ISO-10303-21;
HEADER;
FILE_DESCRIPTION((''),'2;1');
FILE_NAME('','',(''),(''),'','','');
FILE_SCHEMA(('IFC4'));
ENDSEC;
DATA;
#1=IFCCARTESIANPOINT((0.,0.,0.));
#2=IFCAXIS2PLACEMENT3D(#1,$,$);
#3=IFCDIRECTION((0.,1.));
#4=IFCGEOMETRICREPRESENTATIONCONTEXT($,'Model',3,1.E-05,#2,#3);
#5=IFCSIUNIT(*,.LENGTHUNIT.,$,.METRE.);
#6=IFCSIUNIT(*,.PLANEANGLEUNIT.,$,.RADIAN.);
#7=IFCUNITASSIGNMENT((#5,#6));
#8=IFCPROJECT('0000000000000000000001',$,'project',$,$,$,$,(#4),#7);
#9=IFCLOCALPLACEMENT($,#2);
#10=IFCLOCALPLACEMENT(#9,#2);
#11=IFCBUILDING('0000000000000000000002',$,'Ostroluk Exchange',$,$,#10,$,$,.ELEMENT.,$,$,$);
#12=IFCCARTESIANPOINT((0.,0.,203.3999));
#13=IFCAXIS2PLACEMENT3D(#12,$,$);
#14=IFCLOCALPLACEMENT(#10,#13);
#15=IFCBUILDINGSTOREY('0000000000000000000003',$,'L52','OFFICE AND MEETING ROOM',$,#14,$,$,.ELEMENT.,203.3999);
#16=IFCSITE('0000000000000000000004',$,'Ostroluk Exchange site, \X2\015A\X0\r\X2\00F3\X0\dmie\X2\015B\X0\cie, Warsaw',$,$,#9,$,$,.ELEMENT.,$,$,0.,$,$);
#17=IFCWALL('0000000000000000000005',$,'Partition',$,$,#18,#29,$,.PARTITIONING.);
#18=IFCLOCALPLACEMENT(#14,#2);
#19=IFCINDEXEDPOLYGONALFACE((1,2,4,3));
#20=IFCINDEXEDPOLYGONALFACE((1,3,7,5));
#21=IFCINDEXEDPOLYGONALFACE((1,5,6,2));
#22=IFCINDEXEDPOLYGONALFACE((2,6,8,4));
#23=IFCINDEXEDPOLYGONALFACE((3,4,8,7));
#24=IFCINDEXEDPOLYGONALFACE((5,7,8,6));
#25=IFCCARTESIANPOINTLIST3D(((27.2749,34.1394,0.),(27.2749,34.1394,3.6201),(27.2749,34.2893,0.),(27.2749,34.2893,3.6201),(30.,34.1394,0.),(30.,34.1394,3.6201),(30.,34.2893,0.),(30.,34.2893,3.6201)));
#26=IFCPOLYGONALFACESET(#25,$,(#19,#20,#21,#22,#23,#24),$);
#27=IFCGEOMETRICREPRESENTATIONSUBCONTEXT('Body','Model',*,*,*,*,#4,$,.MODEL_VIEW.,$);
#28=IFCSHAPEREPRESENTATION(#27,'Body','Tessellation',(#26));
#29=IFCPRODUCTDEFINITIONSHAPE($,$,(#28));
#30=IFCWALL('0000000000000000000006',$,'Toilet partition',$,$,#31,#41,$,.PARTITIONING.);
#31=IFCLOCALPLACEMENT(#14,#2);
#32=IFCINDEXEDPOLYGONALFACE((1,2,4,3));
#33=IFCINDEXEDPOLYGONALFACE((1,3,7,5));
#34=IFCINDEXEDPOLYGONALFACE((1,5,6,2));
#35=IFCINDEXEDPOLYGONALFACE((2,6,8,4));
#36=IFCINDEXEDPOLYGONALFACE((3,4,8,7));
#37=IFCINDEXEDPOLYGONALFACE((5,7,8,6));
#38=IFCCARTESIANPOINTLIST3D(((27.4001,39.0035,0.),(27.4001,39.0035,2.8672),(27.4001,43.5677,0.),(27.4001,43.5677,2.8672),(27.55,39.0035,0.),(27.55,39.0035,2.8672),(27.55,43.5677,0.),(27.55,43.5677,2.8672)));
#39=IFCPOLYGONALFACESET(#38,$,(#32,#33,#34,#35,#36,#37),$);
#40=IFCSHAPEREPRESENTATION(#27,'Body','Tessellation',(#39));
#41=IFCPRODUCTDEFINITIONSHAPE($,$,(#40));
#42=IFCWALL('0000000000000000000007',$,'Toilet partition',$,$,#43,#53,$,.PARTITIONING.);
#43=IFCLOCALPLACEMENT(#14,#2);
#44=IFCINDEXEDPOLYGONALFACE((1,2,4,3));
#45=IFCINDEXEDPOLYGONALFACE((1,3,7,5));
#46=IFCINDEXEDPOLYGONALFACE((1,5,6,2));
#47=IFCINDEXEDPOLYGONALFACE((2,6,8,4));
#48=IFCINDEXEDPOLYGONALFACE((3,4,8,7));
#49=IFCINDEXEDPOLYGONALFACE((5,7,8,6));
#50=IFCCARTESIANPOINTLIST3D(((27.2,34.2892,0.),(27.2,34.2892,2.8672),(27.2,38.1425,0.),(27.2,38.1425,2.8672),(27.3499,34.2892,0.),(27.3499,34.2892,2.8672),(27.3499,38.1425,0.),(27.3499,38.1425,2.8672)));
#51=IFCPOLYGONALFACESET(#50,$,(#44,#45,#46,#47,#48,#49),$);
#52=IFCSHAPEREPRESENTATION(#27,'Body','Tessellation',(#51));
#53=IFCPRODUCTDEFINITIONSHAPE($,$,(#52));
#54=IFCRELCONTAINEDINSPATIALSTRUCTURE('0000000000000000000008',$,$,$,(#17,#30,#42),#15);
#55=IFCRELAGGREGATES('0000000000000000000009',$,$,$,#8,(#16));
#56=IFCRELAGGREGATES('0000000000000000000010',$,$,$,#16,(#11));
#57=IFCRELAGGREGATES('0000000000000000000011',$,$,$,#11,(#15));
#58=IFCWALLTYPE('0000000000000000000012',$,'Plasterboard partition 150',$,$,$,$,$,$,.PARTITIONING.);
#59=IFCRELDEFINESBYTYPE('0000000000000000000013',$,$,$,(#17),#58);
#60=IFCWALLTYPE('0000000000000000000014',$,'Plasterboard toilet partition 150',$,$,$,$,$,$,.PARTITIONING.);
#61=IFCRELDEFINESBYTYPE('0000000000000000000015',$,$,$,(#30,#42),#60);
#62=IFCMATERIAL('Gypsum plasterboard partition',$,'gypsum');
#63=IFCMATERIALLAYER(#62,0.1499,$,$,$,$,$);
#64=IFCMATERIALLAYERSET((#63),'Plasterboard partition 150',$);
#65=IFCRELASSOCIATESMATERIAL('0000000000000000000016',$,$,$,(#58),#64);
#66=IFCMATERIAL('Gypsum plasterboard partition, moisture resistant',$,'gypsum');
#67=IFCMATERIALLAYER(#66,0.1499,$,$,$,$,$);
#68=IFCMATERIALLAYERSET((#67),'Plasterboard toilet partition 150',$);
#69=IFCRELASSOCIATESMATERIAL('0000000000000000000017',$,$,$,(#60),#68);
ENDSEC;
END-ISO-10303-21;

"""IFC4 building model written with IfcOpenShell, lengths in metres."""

from ifc_helpers import new_model, si_unit, direction, frame, frame_2d, origin, place, context, subcontext, project, spatial, rectangle, extrude, material, layer, layer_set, type_object, element, save


model = new_model("IFC4")

# Units and contexts
model_context = context("Model", 3, precision=1e-05, world=origin(), true_north=direction((0.0, 1.0)))
body_context = subcontext(model_context, "Body", "Model", "MODEL_VIEW")
ifc_project = project(units=[si_unit("LENGTHUNIT", "METRE"), si_unit("PLANEANGLEUNIT", "RADIAN")], contexts=[model_context])

# Site, building, storey
site_placement = place(None, origin())
site = spatial("IfcSite", under=ifc_project, at=site_placement, Name="Ostroluk Exchange site, Śródmieście, Warsaw", CompositionType="ELEMENT", RefElevation=0.0)
building_placement = place(site_placement, origin())
building = spatial("IfcBuilding", under=site, at=building_placement, Name="Ostroluk Exchange", CompositionType="ELEMENT")
storey_placement = place(building_placement, frame((0.0, 0.0, 203.3999)))
storey = spatial("IfcBuildingStorey", under=building, at=storey_placement, Name="L52", Description="OFFICE AND MEETING ROOM", CompositionType="ELEMENT", Elevation=203.3999)

# Walls
ifc_material_1 = material(Name="Gypsum plasterboard partition", Category="gypsum")
ifc_layer_1 = layer(ifc_material_1, 0.1499)
ifc_layer_set_1 = layer_set([ifc_layer_1], Name="Plasterboard partition 150")
wall_type_1 = type_object("IfcWallType", Name="Plasterboard partition 150", PredefinedType="PARTITIONING", material=ifc_layer_set_1)
wall_1_placement = place(storey_placement, frame((30.0, 34.2144, 0.0), z_axis=(0.0, 0.0, 1.0), x_axis=(-1.0, 0.0, 0.0)))
element("IfcWall", 1, at=wall_1_placement, inside=storey, type_object=wall_type_1, Name="Partition", PredefinedType="PARTITIONING", context=body_context, shape_type="SweptSolid", body=[
    extrude(rectangle(XDim=2.7251, YDim=0.1499, at=frame_2d((1.3625, 0.0))), origin(), (0.0, 0.0, 1.0), 3.6201),
])
ifc_material_2 = material(Name="Gypsum plasterboard partition, moisture resistant", Category="gypsum")
ifc_layer_2 = layer(ifc_material_2, 0.1499)
ifc_layer_set_2 = layer_set([ifc_layer_2], Name="Plasterboard toilet partition 150")
wall_type_2 = type_object("IfcWallType", Name="Plasterboard toilet partition 150", PredefinedType="PARTITIONING", material=ifc_layer_set_2)
wall_2_placement = place(storey_placement, frame((27.4751, 43.5679, 0.0), z_axis=(0.0, 0.0, 1.0), x_axis=(0.0, -1.0, 0.0)))
element("IfcWall", 2, at=wall_2_placement, inside=storey, type_object=wall_type_2, Name="Toilet partition", PredefinedType="PARTITIONING", context=body_context, shape_type="SweptSolid", body=[
    extrude(rectangle(XDim=4.5642, YDim=0.1499, at=frame_2d((2.2822, 0.0))), origin(), (0.0, 0.0, 1.0), 2.8672),
])
wall_3_placement = place(storey_placement, frame((27.2749, 38.1426, 0.0), z_axis=(0.0, 0.0, 1.0), x_axis=(0.0, -1.0, 0.0)))
element("IfcWall", 3, at=wall_3_placement, inside=storey, type_object=wall_type_2, Name="Toilet partition", PredefinedType="PARTITIONING", context=body_context, shape_type="SweptSolid", body=[
    extrude(rectangle(XDim=3.8533, YDim=0.1499, at=frame_2d((1.9268, 0.0))), origin(), (0.0, 0.0, 1.0), 2.8672),
])

save(model, "model.ifc")
